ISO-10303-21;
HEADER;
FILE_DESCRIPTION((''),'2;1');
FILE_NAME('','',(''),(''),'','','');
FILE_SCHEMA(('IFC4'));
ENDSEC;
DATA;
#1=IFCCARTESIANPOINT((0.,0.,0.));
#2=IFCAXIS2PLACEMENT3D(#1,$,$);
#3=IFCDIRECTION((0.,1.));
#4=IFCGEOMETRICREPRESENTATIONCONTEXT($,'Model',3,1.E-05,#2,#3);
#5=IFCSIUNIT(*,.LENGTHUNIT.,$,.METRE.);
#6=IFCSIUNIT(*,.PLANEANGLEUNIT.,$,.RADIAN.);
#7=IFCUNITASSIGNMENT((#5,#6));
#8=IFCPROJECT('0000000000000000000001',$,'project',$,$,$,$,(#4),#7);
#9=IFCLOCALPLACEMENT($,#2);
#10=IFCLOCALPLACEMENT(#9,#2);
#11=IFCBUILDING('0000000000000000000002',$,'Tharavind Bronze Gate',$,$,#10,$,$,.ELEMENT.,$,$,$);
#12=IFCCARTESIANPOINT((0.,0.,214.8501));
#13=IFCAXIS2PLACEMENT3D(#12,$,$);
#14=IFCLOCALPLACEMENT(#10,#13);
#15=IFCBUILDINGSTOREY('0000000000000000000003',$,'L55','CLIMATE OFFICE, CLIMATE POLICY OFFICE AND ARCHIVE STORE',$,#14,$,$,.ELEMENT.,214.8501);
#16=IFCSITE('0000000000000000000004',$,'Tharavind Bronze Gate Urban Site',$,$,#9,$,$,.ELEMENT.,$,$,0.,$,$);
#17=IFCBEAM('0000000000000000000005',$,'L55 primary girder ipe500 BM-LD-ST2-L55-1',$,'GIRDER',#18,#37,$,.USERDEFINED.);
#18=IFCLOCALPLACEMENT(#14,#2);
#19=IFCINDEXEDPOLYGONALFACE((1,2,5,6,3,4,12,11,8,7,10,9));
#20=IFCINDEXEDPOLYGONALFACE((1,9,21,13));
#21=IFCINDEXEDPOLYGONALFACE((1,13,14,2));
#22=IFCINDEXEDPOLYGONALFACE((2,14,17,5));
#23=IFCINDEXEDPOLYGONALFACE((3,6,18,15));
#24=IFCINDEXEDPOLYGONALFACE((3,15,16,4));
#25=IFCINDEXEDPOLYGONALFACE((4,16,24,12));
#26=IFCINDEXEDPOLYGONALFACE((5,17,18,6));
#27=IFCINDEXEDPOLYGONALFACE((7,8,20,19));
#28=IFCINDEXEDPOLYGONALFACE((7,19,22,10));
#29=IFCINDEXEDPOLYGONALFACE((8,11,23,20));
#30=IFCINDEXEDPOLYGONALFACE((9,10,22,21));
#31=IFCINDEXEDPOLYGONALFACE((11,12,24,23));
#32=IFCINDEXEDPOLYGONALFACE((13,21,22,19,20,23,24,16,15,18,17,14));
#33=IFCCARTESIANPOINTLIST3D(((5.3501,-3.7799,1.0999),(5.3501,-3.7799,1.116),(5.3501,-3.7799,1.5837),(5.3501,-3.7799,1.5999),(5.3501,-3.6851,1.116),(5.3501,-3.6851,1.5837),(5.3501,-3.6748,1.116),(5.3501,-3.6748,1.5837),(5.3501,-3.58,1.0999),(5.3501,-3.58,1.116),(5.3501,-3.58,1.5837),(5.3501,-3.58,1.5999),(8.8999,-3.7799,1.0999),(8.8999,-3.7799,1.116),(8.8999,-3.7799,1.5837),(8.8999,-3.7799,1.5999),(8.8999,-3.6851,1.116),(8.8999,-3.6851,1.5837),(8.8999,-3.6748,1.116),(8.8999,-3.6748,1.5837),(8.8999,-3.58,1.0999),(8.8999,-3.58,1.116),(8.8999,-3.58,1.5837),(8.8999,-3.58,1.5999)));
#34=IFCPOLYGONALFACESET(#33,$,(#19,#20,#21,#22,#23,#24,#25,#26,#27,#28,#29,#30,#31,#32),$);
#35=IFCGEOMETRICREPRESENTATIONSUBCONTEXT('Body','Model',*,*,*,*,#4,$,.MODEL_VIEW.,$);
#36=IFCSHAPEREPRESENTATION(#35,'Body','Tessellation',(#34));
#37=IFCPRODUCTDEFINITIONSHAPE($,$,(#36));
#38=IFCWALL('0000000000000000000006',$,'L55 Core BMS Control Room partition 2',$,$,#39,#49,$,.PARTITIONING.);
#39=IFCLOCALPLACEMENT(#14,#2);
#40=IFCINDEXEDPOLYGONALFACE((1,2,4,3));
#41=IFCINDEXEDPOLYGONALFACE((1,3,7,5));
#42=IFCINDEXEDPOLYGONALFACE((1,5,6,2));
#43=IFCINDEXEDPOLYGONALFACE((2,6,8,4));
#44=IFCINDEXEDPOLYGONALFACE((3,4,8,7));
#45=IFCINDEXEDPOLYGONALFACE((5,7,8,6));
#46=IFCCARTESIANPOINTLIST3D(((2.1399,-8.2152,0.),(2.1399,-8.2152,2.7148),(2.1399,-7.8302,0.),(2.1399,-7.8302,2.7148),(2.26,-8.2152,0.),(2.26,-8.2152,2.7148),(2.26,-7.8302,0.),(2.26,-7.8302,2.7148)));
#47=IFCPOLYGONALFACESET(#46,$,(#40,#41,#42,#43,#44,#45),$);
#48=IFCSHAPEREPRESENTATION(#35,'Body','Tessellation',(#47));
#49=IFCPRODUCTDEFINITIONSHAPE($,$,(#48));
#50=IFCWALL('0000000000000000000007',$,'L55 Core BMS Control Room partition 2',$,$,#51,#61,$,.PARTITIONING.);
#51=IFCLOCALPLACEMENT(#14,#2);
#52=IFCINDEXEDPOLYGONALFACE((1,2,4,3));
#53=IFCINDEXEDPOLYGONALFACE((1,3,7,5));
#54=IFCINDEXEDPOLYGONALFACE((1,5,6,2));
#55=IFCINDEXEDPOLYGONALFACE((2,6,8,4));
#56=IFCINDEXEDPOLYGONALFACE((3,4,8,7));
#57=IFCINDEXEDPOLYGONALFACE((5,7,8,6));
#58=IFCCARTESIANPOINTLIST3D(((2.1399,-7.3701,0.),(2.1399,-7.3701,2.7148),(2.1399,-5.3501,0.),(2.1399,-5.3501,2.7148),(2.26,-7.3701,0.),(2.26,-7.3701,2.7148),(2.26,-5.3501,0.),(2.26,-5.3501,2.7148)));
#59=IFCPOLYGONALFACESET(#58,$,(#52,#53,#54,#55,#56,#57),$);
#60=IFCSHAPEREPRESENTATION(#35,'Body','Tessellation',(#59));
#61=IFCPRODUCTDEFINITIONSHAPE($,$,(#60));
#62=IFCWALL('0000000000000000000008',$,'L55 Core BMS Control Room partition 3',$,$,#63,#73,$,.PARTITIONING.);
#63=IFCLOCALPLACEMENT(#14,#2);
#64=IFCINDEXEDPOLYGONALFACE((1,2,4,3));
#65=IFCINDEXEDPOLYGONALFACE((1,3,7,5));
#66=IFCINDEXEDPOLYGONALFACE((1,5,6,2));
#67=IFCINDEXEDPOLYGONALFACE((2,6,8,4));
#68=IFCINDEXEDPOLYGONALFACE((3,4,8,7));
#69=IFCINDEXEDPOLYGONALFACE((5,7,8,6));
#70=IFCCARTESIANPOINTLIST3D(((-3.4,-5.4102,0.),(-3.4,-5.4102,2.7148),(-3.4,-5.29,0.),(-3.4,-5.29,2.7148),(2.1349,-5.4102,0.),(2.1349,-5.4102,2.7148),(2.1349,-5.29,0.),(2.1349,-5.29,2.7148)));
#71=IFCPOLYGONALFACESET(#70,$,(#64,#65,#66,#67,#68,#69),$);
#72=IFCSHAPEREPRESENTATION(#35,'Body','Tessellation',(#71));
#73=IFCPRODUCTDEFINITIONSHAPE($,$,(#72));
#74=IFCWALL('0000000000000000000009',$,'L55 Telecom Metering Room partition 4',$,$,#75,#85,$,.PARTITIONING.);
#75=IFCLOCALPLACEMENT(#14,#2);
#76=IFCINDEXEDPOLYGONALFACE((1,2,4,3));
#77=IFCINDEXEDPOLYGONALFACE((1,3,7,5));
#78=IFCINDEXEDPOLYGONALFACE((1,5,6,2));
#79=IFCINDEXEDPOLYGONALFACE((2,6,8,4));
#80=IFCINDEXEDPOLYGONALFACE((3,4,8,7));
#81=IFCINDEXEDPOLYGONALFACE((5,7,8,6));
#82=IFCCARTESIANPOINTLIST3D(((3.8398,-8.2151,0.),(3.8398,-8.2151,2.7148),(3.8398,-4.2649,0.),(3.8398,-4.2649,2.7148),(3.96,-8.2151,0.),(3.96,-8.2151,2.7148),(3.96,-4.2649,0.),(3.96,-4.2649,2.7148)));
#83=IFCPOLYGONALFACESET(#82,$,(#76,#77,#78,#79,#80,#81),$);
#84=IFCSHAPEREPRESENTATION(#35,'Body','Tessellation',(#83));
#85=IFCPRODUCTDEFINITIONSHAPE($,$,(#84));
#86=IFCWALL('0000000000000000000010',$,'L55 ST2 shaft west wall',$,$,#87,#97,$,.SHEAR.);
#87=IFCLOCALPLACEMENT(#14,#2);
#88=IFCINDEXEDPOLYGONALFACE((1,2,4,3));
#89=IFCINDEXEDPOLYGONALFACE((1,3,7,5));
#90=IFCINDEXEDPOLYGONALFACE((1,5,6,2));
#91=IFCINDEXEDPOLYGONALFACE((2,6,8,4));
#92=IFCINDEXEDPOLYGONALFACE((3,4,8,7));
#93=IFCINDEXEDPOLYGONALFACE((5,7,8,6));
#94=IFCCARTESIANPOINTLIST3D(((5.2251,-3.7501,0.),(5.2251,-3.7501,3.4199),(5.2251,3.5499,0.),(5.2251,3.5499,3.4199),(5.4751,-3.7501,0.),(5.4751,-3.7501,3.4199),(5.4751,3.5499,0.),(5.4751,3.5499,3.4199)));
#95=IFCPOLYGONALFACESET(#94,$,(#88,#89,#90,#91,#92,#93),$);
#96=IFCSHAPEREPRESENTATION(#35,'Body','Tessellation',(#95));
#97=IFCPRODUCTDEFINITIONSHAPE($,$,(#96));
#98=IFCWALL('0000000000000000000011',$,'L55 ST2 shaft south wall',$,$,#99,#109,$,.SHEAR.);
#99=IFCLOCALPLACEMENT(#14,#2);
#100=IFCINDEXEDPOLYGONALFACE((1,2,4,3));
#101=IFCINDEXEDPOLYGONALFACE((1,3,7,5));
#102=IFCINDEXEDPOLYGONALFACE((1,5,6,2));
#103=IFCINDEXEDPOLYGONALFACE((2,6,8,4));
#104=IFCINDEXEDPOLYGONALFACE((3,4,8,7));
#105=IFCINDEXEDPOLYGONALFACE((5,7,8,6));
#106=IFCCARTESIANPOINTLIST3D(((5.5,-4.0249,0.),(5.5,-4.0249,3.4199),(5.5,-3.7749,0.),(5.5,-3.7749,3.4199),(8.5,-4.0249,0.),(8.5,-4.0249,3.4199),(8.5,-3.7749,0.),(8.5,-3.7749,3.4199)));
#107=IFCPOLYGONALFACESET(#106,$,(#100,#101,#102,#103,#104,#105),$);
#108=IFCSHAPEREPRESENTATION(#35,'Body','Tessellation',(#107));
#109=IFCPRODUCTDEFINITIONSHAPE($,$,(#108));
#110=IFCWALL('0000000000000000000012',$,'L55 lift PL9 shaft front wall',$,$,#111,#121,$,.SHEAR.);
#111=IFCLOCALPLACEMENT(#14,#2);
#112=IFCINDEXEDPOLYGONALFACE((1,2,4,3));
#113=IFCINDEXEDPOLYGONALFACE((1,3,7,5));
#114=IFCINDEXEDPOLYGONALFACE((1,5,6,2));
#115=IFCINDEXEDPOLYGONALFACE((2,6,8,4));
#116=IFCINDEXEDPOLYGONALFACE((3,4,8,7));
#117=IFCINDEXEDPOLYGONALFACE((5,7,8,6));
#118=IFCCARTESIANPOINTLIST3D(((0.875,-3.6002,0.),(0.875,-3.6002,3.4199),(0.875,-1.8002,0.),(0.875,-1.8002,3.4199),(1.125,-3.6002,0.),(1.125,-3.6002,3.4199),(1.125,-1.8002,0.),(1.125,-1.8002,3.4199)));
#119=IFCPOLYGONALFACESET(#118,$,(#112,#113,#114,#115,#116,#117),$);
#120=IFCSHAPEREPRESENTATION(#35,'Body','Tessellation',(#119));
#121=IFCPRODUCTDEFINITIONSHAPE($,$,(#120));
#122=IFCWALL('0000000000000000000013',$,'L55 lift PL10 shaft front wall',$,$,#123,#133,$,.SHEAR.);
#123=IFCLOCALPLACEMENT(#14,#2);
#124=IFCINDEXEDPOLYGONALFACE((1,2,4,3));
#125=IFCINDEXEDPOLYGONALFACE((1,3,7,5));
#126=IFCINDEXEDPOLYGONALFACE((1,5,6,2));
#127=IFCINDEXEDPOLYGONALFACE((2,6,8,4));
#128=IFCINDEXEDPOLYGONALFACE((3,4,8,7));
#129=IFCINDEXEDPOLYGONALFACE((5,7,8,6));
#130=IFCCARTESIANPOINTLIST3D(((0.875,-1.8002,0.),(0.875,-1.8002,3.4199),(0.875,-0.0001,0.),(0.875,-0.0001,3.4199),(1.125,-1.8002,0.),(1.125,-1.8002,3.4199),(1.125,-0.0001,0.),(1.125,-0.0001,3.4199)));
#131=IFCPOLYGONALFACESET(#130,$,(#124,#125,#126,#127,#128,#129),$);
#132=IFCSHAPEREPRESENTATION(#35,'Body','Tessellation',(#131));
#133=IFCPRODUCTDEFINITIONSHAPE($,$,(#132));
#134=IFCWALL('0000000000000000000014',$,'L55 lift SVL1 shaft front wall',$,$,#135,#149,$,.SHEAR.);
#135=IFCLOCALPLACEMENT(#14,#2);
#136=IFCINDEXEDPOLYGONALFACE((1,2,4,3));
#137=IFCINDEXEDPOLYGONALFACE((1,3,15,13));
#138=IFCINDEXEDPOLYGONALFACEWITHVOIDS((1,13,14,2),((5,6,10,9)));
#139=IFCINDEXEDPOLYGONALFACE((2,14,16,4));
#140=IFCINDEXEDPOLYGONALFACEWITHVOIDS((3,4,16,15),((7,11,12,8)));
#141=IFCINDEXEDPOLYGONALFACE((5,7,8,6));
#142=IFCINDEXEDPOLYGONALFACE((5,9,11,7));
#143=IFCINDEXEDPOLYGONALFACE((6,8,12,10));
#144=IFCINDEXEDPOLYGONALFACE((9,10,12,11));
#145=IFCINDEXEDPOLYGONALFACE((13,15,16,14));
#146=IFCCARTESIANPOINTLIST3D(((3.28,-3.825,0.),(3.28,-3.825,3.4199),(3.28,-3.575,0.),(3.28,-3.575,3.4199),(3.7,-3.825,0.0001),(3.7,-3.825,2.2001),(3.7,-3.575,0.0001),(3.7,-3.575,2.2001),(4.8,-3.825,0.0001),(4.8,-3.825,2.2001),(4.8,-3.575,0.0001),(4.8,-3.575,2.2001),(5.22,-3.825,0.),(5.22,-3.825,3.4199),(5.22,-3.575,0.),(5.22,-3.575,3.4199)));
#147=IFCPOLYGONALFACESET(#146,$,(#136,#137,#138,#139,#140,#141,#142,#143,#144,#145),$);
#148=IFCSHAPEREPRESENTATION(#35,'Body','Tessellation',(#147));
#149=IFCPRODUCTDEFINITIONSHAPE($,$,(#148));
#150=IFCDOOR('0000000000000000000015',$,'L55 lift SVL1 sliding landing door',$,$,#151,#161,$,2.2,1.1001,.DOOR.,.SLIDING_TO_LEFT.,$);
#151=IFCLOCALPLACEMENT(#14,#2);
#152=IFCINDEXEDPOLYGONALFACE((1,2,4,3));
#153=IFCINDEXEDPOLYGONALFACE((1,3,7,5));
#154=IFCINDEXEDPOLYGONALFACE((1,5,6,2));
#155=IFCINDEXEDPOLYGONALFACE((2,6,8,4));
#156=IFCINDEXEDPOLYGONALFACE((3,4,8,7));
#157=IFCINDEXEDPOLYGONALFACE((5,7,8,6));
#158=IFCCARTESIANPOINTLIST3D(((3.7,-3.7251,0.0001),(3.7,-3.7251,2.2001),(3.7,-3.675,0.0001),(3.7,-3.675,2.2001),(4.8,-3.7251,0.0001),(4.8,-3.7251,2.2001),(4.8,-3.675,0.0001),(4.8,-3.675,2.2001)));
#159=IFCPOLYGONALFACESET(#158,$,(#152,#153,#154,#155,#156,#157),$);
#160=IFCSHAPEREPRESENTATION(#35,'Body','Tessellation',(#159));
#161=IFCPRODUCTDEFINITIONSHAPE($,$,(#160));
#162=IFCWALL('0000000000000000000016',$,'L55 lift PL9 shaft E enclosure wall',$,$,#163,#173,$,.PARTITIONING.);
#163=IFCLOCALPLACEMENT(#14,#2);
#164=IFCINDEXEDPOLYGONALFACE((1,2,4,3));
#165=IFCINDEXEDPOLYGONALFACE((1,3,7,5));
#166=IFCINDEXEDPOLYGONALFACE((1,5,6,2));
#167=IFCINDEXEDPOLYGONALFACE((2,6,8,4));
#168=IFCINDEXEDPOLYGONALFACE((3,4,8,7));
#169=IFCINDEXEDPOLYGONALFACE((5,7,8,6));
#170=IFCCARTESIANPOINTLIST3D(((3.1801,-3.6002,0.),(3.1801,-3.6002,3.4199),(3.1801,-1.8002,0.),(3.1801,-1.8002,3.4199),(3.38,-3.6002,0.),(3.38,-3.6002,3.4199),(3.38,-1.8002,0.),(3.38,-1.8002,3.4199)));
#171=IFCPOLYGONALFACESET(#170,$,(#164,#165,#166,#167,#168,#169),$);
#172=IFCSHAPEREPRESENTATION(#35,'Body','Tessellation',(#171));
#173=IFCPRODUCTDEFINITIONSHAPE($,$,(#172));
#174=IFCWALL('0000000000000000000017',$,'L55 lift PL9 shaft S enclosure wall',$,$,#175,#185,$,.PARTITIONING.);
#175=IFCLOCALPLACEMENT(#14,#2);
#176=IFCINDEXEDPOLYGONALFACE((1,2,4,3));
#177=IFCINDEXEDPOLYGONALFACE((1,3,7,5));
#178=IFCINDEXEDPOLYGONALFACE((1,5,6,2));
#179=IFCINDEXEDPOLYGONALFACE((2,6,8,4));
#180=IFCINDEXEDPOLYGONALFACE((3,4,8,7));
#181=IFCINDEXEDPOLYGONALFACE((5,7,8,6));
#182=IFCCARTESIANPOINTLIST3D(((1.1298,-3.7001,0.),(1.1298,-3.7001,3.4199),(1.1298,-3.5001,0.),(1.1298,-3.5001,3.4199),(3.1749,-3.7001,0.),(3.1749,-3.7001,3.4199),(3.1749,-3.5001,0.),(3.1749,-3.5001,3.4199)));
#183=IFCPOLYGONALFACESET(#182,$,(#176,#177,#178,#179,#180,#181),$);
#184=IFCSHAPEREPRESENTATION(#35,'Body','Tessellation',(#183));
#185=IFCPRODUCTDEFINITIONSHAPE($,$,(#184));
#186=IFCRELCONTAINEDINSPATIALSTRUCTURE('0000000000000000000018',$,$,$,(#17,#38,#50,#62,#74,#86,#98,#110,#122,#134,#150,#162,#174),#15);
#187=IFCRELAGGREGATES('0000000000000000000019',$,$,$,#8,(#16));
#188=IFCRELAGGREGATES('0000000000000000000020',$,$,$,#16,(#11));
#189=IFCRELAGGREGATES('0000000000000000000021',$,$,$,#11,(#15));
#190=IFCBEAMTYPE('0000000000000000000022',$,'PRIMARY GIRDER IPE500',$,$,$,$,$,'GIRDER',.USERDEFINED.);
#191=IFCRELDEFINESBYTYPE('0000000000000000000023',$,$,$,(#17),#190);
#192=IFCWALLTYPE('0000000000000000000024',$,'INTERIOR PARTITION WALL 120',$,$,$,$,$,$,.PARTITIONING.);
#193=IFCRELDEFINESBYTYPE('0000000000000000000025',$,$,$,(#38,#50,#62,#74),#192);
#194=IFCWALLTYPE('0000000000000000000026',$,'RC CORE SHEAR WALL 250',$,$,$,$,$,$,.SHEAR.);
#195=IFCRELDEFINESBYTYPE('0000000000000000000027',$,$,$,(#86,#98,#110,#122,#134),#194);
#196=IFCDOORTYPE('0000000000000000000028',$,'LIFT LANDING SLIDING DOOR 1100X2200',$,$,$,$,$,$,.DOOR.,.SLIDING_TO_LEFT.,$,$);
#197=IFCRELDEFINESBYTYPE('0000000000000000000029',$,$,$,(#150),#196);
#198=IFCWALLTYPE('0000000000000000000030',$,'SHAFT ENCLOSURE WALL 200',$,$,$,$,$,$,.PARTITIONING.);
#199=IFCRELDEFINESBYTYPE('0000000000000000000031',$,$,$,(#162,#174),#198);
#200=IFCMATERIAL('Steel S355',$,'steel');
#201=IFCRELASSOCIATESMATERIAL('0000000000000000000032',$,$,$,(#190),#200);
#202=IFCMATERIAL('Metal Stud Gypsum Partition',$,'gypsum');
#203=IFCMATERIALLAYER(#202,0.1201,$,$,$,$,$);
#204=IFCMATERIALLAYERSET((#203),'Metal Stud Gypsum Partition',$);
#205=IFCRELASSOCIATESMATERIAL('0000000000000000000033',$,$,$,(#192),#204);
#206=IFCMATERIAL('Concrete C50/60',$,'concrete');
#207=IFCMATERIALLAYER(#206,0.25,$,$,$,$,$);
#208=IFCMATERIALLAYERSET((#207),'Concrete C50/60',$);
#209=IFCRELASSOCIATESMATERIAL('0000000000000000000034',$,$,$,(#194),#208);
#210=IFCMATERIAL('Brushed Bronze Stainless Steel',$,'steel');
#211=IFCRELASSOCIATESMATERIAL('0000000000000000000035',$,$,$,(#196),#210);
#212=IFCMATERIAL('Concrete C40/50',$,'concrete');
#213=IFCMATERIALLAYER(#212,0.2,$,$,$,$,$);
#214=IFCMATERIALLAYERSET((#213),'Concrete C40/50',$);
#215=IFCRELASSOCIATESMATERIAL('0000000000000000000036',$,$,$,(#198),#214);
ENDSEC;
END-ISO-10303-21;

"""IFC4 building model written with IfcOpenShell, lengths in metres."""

from ifc_helpers import new_model, si_unit, direction, frame, frame_2d, origin, origin_2d, place, context, subcontext, project, spatial, rectangle, i_section, extrude, material, layer, layer_set, material_profile, profile_set, type_object, element, fill, save


model = new_model("IFC4")

# Units and contexts
model_context = context("Model", 3, precision=1e-05, world=origin(), true_north=direction((0.0, 1.0)))
body_context = subcontext(model_context, "Body", "Model", "MODEL_VIEW")
ifc_project = project(units=[si_unit("LENGTHUNIT", "METRE"), si_unit("PLANEANGLEUNIT", "RADIAN")], contexts=[model_context])

# Site, building, storey
site_placement = place(None, origin())
site = spatial("IfcSite", under=ifc_project, at=site_placement, Name="Tharavind Bronze Gate Urban Site", CompositionType="ELEMENT", RefElevation=0.0)
building_placement = place(site_placement, origin())
building = spatial("IfcBuilding", under=site, at=building_placement, Name="Tharavind Bronze Gate", CompositionType="ELEMENT")
storey_placement = place(building_placement, frame((0.0, 0.0, 214.8501)))
storey = spatial("IfcBuildingStorey", under=building, at=storey_placement, Name="L55", Description="CLIMATE OFFICE, CLIMATE POLICY OFFICE AND ARCHIVE STORE", CompositionType="ELEMENT", Elevation=214.8501)

# Beam
ifc_material_1 = material(Name="Steel S355", Category="steel")
ifc_material_profile = material_profile(ifc_material_1, i_section(OverallWidth=0.2, OverallDepth=0.5, WebThickness=0.0103, FlangeThickness=0.0161, at=origin_2d()), Name="IPE500")
ifc_profile_set = profile_set([ifc_material_profile], Name="Steel S355")
beam_type = type_object("IfcBeamType", Name="PRIMARY GIRDER IPE500", ElementType="GIRDER", PredefinedType="USERDEFINED", material=ifc_profile_set)
beam_placement = place(storey_placement, frame((5.3501, -3.6799, 1.3499), z_axis=(1.0, 0.0, 0.0), x_axis=(0.0, 1.0, 0.0)))
element("IfcBeam", 1, at=beam_placement, inside=storey, type_object=beam_type, Name="L55 primary girder ipe500 BM-LD-ST2-L55-1", ObjectType="GIRDER", PredefinedType="USERDEFINED", context=body_context, shape_type="SweptSolid", body=[
    extrude(i_section(OverallWidth=0.2, OverallDepth=0.5, WebThickness=0.0103, FlangeThickness=0.0161, at=origin_2d()), origin(), (0.0, 0.0, 1.0), 3.5498),
])

# Walls
ifc_material_2 = material(Name="Metal Stud Gypsum Partition", Category="gypsum")
ifc_layer_1 = layer(ifc_material_2, 0.1201)
ifc_layer_set_1 = layer_set([ifc_layer_1], Name="Metal Stud Gypsum Partition")
wall_type_1 = type_object("IfcWallType", Name="INTERIOR PARTITION WALL 120", PredefinedType="PARTITIONING", material=ifc_layer_set_1)
wall_1_placement = place(storey_placement, frame((2.2, -8.2151, 0.0), z_axis=(0.0, 0.0, 1.0), x_axis=(0.0, 1.0, 0.0)))
element("IfcWall", 2, at=wall_1_placement, inside=storey, type_object=wall_type_1, Name="L55 Core BMS Control Room partition 2", PredefinedType="PARTITIONING", context=body_context, shape_type="SweptSolid", body=[
    extrude(rectangle(XDim=0.385, YDim=0.1201, at=frame_2d((0.1924, 0.0))), origin(), (0.0, 0.0, 1.0), 2.7148),
])
wall_2_placement = place(storey_placement, frame((2.2, -7.3701, 0.0), z_axis=(0.0, 0.0, 1.0), x_axis=(0.0, 1.0, 0.0)))
element("IfcWall", 3, at=wall_2_placement, inside=storey, type_object=wall_type_1, Name="L55 Core BMS Control Room partition 2", PredefinedType="PARTITIONING", context=body_context, shape_type="SweptSolid", body=[
    extrude(rectangle(XDim=2.02, YDim=0.1201, at=frame_2d((1.01, 0.0))), origin(), (0.0, 0.0, 1.0), 2.7148),
])
wall_3_placement = place(storey_placement, frame((2.135, -5.3501, 0.0), z_axis=(0.0, 0.0, 1.0), x_axis=(-1.0, 0.0, 0.0)))
element("IfcWall", 4, at=wall_3_placement, inside=storey, type_object=wall_type_1, Name="L55 Core BMS Control Room partition 3", PredefinedType="PARTITIONING", context=body_context, shape_type="SweptSolid", body=[
    extrude(rectangle(XDim=5.5349, YDim=0.1201, at=frame_2d((2.7676, 0.0))), origin(), (0.0, 0.0, 1.0), 2.7148),
])
wall_4_placement = place(storey_placement, frame((3.8999, -4.2649, 0.0), z_axis=(0.0, 0.0, 1.0), x_axis=(0.0, -1.0, 0.0)))
element("IfcWall", 5, at=wall_4_placement, inside=storey, type_object=wall_type_1, Name="L55 Telecom Metering Room partition 4", PredefinedType="PARTITIONING", context=body_context, shape_type="SweptSolid", body=[
    extrude(rectangle(XDim=3.9502, YDim=0.1201, at=frame_2d((1.9751, 0.0))), origin(), (0.0, 0.0, 1.0), 2.7148),
])
ifc_material_3 = material(Name="Concrete C50/60", Category="concrete")
ifc_layer_2 = layer(ifc_material_3, 0.25)
ifc_layer_set_2 = layer_set([ifc_layer_2], Name="Concrete C50/60")
wall_type_2 = type_object("IfcWallType", Name="RC CORE SHEAR WALL 250", PredefinedType="SHEAR", material=ifc_layer_set_2)
wall_5_placement = place(storey_placement, frame((5.3501, -3.75, 0.0), z_axis=(0.0, 0.0, 1.0), x_axis=(0.0, 1.0, 0.0)))
element("IfcWall", 6, at=wall_5_placement, inside=storey, type_object=wall_type_2, Name="L55 ST2 shaft west wall", PredefinedType="SHEAR", context=body_context, shape_type="SweptSolid", body=[
    extrude(rectangle(XDim=7.3, YDim=0.25, at=frame_2d((3.6499, 0.0))), origin(), (0.0, 0.0, 1.0), 3.4199),
])
wall_6_placement = place(storey_placement, frame((5.5, -3.8999, 0.0), z_axis=(0.0, 0.0, 1.0), x_axis=(1.0, 0.0, 0.0)))
element("IfcWall", 7, at=wall_6_placement, inside=storey, type_object=wall_type_2, Name="L55 ST2 shaft south wall", PredefinedType="SHEAR", context=body_context, shape_type="SweptSolid", body=[
    extrude(rectangle(XDim=3.0, YDim=0.25, at=frame_2d((1.5, 0.0))), origin(), (0.0, 0.0, 1.0), 3.4199),
])
for number, where, z_axis, x_axis, name in (
    (8, (1.0, -3.6001, 0.0), (0.0, 0.0, 1.0), (0.0, 1.0, 0.0), "L55 lift PL9 shaft front wall"),
    (9, (1.0, -1.8, 0.0), (0.0, 0.0, 1.0), (0.0, 1.0, 0.0), "L55 lift PL10 shaft front wall"),
):
    element("IfcWall", number, at=place(storey_placement, frame(where, z_axis=z_axis, x_axis=x_axis)), inside=storey, type_object=wall_type_2, Name=name, PredefinedType="SHEAR", context=body_context, shape_type="SweptSolid", body=[
        extrude(rectangle(XDim=1.8, YDim=0.25, at=frame_2d((0.8999, 0.0))), origin(), (0.0, 0.0, 1.0), 3.4199),
    ])

# Wall, opening, door
wall_7_placement = place(storey_placement, frame((3.28, -3.7, 0.0), z_axis=(0.0, 0.0, 1.0), x_axis=(1.0, 0.0, 0.0)))
wall_7 = element("IfcWall", 10, at=wall_7_placement, inside=storey, type_object=wall_type_2, Name="L55 lift SVL1 shaft front wall", PredefinedType="SHEAR", context=body_context, shape_type="SweptSolid", body=[
    extrude(rectangle(XDim=1.9399, YDim=0.25, at=frame_2d((0.97, 0.0))), origin(), (0.0, 0.0, 1.0), 3.4199),
])
opening_placement = place(wall_7_placement, frame((0.4199, 0.0, 0.0)))
opening = element("IfcOpeningElement", 11, at=opening_placement, cuts=wall_7, PredefinedType="OPENING", context=body_context, shape_type="SweptSolid", body=[
    extrude(rectangle(XDim=1.1001, YDim=2.2, at=frame_2d((0.55, 1.1001))), frame((0.0, 0.135, 0.0), z_axis=(0.0, -1.0, 0.0), x_axis=(1.0, 0.0, 0.0)), (0.0, 0.0, 1.0), 0.27),
])
ifc_material_4 = material(Name="Brushed Bronze Stainless Steel", Category="steel")
door_type = type_object("IfcDoorType", Name="LIFT LANDING SLIDING DOOR 1100X2200", OperationType="SLIDING_TO_LEFT", PredefinedType="DOOR", material=ifc_material_4)
door_placement = place(opening_placement, origin())
door = element("IfcDoor", 12, at=door_placement, inside=storey, type_object=door_type, Name="L55 lift SVL1 sliding landing door", OperationType="SLIDING_TO_LEFT", OverallHeight=2.2, OverallWidth=1.1001, PredefinedType="DOOR", context=body_context, shape_type="SweptSolid", body=[
    extrude(rectangle(XDim=1.1001, YDim=2.2, at=frame_2d((0.55, 1.1001))), frame((0.0, 0.0249, 0.0), z_axis=(0.0, -1.0, 0.0), x_axis=(1.0, 0.0, 0.0)), (0.0, 0.0, 1.0), 0.05),
])
fill(opening, door)

# Walls
ifc_material_5 = material(Name="Concrete C40/50", Category="concrete")
ifc_layer_3 = layer(ifc_material_5, 0.2)
ifc_layer_set_3 = layer_set([ifc_layer_3], Name="Concrete C40/50")
wall_type_3 = type_object("IfcWallType", Name="SHAFT ENCLOSURE WALL 200", PredefinedType="PARTITIONING", material=ifc_layer_set_3)
wall_8_placement = place(storey_placement, frame((3.28, -3.6001, 0.0), z_axis=(0.0, 0.0, 1.0), x_axis=(0.0, 1.0, 0.0)))
element("IfcWall", 13, at=wall_8_placement, inside=storey, type_object=wall_type_3, Name="L55 lift PL9 shaft E enclosure wall", PredefinedType="PARTITIONING", context=body_context, shape_type="SweptSolid", body=[
    extrude(rectangle(XDim=1.8, YDim=0.2, at=frame_2d((0.8999, 0.0))), origin(), (0.0, 0.0, 1.0), 3.4199),
])
for number, where, z_axis, x_axis, name in (
    (14, (1.1299, -3.6001, 0.0), (0.0, 0.0, 1.0), (1.0, 0.0, 0.0), "L55 lift PL9 shaft S enclosure wall"),
):
    element("IfcWall", number, at=place(storey_placement, frame(where, z_axis=z_axis, x_axis=x_axis)), inside=storey, type_object=wall_type_3, Name=name, PredefinedType="PARTITIONING", context=body_context, shape_type="SweptSolid", body=[
        extrude(rectangle(XDim=2.0452, YDim=0.2, at=frame_2d((1.0225, 0.0))), origin(), (0.0, 0.0, 1.0), 3.4199),
    ])

save(model, "model.ifc")
